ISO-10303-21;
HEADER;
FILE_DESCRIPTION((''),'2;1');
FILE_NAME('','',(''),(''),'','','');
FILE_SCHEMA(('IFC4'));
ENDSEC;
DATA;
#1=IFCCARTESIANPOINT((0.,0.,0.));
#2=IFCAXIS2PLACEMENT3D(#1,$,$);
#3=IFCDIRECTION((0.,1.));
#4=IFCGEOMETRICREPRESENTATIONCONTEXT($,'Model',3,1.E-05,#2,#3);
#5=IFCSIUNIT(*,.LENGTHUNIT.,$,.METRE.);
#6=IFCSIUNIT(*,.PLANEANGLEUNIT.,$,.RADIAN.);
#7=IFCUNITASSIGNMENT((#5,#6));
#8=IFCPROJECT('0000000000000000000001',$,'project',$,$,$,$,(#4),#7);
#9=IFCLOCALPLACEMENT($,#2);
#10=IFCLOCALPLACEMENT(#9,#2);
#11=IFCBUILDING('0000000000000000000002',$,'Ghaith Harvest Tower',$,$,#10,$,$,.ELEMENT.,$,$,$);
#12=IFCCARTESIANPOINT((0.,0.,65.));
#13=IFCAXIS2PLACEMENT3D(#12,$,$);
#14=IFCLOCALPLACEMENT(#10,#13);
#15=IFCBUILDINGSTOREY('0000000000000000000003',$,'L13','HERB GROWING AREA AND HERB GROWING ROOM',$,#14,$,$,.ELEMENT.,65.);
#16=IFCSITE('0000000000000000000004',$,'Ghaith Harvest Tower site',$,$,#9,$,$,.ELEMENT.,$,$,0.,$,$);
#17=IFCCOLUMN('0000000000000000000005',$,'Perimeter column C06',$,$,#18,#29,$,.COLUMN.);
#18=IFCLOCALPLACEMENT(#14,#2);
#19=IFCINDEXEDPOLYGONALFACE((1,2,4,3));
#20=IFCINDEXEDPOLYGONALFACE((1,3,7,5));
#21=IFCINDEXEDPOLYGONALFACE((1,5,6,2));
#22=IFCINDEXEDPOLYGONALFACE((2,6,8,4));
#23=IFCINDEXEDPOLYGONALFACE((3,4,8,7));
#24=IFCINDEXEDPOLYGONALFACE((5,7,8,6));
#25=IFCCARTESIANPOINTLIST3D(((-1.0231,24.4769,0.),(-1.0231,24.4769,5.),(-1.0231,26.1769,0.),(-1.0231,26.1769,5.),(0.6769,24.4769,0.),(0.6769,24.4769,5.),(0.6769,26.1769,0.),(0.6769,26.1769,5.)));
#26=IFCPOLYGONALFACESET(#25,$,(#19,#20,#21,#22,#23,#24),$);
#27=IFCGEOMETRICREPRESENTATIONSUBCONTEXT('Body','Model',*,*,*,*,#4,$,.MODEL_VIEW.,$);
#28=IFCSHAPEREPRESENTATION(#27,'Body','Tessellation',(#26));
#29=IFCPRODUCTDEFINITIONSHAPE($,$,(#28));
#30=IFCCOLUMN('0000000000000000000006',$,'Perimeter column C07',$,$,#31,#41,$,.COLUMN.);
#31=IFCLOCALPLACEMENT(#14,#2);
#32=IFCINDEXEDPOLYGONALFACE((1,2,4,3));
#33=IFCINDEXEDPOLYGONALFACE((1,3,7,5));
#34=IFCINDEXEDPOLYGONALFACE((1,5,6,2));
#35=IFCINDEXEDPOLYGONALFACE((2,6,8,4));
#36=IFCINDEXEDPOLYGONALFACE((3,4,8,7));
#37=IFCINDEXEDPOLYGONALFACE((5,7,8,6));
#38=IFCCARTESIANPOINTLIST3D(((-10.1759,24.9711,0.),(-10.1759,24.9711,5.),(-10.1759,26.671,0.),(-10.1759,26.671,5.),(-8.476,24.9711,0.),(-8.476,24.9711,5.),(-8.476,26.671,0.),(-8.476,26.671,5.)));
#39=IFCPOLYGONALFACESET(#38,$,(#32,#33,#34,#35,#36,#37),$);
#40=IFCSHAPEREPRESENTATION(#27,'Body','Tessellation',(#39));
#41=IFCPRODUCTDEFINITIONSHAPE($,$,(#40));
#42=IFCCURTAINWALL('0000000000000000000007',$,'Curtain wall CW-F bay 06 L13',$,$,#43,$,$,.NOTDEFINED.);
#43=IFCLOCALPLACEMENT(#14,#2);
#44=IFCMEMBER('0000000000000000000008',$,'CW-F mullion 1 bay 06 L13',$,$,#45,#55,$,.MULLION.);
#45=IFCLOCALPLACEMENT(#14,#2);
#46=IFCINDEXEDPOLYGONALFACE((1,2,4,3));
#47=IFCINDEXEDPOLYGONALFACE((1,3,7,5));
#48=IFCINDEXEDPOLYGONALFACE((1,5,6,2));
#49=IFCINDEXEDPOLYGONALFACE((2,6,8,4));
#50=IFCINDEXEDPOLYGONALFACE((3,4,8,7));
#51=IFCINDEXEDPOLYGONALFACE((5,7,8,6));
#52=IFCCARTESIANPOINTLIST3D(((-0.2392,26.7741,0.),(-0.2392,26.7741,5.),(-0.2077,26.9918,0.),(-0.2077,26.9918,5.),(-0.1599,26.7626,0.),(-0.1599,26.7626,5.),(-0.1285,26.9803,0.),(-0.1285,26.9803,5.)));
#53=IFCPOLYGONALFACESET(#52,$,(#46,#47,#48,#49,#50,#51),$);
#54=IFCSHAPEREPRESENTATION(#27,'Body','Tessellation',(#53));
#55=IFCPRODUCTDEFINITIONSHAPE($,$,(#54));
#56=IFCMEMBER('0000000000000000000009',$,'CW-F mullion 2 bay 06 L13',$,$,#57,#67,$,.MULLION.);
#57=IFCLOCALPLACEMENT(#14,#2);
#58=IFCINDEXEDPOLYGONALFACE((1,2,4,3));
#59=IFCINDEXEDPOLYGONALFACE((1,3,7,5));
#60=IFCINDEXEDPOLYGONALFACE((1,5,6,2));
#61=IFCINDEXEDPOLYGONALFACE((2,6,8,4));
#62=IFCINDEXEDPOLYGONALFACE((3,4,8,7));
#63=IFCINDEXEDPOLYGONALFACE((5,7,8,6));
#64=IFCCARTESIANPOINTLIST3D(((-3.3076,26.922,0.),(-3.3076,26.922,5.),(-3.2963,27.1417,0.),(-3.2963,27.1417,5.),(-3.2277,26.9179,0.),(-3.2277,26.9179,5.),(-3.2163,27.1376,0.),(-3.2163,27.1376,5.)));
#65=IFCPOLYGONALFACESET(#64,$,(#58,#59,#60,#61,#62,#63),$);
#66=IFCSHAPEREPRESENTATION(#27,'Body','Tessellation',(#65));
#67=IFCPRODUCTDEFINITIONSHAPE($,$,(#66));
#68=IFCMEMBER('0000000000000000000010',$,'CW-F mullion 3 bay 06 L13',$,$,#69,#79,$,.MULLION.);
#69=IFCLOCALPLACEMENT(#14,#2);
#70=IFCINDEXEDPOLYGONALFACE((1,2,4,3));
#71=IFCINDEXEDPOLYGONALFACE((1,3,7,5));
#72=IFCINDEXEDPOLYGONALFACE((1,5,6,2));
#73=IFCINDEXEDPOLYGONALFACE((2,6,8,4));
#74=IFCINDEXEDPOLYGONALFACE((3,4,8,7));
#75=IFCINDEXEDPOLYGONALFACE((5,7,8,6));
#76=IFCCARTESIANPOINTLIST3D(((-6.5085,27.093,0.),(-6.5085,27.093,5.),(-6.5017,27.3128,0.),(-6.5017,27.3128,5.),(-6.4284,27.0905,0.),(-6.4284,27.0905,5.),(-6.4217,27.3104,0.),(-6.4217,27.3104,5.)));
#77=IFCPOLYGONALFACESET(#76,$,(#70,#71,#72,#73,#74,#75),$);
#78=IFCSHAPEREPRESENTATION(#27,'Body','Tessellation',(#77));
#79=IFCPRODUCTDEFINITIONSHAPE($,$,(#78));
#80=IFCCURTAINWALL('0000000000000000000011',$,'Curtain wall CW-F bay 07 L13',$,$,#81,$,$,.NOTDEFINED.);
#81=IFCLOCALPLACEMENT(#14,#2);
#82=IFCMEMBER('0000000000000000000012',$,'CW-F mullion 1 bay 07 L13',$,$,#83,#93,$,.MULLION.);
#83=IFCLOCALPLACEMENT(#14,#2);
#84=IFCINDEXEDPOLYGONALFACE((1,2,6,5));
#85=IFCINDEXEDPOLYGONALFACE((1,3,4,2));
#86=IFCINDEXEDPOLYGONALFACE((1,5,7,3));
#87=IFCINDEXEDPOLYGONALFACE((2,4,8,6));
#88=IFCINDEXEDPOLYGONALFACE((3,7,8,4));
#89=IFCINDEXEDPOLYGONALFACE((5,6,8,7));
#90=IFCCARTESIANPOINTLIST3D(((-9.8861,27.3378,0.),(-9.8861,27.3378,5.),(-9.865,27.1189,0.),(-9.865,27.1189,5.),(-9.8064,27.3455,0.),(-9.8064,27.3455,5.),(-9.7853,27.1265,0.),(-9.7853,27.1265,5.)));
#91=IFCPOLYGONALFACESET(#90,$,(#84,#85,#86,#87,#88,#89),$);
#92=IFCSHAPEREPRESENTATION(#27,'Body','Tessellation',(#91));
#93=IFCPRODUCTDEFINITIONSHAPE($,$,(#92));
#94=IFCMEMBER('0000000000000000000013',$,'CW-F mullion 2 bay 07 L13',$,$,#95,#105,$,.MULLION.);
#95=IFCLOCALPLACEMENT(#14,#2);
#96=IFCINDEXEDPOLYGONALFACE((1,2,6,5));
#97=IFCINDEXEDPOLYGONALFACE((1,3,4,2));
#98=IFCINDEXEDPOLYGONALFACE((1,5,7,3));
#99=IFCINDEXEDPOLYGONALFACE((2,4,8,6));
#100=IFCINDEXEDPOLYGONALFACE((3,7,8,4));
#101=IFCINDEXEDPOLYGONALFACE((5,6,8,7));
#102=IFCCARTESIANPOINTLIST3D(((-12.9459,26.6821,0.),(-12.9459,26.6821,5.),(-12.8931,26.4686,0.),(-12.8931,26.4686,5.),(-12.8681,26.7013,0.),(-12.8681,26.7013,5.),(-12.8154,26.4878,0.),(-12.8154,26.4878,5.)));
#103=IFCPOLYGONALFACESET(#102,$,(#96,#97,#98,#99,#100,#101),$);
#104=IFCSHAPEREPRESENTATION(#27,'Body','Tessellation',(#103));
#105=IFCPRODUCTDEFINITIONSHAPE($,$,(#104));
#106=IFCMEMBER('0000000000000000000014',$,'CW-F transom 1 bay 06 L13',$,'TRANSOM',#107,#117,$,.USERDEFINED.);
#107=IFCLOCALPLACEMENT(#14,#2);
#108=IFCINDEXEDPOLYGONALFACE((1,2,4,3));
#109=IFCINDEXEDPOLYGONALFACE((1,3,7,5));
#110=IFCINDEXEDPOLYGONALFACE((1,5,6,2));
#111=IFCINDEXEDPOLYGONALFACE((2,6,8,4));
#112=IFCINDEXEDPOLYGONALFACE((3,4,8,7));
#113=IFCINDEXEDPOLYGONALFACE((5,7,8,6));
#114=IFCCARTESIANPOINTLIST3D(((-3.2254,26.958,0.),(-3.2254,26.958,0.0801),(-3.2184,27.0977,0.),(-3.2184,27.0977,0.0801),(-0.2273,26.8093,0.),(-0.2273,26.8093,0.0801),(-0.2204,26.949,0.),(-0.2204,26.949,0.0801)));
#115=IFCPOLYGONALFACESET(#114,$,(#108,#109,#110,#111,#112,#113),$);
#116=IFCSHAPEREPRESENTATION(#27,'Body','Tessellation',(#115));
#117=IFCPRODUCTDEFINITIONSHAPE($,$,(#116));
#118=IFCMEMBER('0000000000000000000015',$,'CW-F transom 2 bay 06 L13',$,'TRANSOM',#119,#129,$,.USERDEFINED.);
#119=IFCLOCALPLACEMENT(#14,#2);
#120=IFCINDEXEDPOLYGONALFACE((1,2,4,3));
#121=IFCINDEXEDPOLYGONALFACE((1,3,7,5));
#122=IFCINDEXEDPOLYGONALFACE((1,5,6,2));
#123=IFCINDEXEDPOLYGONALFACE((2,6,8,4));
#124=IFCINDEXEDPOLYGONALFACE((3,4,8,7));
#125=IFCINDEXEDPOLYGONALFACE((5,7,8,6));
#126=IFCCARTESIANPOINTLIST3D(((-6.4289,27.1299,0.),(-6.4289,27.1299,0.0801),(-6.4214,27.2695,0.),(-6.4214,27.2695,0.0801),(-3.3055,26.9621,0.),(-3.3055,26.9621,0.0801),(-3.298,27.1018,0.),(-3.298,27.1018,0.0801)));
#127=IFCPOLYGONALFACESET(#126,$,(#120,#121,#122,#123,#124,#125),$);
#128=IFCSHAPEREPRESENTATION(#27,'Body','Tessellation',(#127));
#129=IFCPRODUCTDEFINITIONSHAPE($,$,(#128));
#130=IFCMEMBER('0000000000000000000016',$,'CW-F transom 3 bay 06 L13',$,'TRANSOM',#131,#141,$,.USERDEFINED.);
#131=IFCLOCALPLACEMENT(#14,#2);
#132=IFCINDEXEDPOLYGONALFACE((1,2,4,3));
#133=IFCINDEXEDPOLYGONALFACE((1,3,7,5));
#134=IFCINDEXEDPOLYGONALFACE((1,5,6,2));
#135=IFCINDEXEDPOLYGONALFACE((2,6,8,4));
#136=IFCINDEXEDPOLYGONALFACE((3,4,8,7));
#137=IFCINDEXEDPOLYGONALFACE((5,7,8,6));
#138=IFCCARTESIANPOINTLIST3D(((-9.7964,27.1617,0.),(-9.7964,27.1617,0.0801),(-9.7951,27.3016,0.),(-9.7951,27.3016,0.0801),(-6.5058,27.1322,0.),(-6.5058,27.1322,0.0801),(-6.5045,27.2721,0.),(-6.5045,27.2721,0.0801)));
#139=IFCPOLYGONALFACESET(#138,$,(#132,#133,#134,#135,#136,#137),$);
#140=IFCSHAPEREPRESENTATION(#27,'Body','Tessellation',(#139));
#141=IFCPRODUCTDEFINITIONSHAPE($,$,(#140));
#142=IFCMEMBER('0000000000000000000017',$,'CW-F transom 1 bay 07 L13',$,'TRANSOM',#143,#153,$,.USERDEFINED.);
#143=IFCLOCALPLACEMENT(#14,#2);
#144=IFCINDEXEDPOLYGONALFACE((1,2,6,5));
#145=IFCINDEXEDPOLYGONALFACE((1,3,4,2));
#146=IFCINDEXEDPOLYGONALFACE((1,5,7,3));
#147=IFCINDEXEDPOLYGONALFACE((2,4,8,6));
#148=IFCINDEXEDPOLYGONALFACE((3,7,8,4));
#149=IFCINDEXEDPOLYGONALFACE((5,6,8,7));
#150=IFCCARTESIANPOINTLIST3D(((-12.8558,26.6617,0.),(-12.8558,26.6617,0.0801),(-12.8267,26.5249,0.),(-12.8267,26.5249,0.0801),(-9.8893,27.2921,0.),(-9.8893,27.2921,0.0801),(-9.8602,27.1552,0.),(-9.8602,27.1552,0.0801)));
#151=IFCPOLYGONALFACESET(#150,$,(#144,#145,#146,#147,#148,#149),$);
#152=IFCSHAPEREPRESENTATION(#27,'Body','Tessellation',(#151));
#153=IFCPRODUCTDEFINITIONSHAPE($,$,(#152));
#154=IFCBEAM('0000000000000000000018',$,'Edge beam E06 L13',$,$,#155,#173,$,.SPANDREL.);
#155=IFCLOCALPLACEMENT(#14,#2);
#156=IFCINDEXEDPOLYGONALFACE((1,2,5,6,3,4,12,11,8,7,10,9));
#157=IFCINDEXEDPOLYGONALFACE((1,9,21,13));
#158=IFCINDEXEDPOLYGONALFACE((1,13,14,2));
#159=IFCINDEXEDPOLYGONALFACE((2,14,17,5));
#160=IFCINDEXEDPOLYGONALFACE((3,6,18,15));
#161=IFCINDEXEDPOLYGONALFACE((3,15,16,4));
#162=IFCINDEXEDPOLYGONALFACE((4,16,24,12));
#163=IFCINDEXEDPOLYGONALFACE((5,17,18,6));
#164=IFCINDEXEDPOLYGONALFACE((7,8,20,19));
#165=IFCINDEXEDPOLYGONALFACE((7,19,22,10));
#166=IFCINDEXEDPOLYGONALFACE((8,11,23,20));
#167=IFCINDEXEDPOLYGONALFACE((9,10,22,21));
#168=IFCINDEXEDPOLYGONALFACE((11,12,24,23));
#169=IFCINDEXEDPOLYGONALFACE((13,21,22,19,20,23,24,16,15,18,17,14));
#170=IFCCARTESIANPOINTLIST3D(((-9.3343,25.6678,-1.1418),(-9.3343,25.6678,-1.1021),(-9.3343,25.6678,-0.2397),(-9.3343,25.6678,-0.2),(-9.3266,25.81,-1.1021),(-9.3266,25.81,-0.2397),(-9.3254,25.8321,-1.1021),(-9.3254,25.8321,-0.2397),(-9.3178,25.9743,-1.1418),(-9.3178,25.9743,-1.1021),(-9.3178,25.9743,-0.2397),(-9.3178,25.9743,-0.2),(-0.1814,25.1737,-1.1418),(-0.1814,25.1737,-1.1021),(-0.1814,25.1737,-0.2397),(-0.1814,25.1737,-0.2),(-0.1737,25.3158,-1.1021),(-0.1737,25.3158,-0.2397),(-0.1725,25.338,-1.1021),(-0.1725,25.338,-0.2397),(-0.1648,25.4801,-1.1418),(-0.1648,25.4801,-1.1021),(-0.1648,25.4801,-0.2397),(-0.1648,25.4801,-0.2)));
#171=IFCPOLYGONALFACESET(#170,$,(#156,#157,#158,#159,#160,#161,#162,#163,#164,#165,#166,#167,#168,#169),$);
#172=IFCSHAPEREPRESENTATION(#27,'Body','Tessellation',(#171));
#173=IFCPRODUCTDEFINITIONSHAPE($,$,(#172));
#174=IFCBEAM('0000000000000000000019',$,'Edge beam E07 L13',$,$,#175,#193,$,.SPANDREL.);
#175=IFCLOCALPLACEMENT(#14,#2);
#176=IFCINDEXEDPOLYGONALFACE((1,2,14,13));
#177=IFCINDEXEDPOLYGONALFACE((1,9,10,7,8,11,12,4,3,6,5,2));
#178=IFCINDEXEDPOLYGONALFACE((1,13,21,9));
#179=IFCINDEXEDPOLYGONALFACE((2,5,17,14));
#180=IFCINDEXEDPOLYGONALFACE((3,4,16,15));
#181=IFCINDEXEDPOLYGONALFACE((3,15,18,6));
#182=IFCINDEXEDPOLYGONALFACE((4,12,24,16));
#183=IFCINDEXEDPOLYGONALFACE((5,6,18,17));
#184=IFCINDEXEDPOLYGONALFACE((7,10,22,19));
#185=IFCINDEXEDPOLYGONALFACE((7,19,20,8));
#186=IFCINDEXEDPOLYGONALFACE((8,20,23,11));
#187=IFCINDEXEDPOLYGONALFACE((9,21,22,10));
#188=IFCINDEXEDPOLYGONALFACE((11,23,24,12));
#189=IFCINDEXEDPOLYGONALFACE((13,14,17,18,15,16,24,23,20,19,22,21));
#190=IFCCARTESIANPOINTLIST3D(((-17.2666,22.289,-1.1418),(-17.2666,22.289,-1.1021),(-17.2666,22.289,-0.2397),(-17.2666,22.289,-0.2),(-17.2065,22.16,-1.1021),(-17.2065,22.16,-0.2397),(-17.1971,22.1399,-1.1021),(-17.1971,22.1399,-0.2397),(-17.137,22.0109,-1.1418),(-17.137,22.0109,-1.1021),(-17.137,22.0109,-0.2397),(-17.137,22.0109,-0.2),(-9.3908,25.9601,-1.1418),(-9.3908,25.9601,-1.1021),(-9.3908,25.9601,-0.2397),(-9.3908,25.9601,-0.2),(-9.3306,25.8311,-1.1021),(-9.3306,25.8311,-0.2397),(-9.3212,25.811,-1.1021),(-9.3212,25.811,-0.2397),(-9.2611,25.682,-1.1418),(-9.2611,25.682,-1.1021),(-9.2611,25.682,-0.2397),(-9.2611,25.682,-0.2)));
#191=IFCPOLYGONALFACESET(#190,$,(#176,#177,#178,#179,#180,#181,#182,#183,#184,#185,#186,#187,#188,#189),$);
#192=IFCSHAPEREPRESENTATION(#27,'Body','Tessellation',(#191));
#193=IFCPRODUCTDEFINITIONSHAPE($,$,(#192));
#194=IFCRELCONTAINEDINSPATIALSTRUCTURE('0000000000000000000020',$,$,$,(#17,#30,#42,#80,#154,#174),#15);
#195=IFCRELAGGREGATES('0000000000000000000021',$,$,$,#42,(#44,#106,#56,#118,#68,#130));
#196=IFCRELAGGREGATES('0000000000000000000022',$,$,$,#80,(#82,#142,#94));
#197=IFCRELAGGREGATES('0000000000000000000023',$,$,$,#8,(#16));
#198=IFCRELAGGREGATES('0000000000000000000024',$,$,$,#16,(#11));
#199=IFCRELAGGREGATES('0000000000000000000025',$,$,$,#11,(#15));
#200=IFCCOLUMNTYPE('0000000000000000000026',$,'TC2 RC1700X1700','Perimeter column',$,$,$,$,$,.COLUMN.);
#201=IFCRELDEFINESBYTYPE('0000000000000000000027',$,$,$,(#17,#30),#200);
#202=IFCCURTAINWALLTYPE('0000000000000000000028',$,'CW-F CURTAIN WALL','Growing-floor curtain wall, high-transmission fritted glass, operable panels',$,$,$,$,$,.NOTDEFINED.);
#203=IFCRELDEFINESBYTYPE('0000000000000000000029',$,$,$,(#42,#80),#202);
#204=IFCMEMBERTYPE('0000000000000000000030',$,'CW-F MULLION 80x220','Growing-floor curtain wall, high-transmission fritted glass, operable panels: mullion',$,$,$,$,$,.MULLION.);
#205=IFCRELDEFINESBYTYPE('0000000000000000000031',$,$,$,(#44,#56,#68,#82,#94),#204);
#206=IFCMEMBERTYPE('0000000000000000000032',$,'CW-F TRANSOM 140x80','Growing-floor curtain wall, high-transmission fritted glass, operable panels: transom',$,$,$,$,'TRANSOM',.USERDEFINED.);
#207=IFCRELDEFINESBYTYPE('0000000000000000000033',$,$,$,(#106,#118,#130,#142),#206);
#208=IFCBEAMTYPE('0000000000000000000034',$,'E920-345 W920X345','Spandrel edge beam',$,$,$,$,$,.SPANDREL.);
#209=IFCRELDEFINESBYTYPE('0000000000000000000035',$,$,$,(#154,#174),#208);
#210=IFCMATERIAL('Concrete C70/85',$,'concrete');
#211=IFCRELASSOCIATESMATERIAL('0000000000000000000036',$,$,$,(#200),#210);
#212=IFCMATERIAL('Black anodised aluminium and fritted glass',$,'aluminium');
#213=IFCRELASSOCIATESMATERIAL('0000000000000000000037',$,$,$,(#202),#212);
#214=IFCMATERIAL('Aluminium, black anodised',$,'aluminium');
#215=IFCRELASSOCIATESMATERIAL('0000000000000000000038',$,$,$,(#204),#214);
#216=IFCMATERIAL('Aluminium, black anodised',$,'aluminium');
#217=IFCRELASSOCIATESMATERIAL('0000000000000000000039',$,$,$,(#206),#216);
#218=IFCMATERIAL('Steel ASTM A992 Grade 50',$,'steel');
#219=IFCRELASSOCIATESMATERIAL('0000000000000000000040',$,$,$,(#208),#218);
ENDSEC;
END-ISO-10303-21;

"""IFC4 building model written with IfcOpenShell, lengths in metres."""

from ifc_helpers import new_model, si_unit, direction, frame, origin, origin_2d, place, context, subcontext, project, spatial, rectangle, i_section, extrude, material, material_profile, profile_set, type_object, element, aggregate, save


model = new_model("IFC4")

# Units and contexts
model_context = context("Model", 3, precision=1e-05, world=origin(), true_north=direction((0.0, 1.0)))
body_context = subcontext(model_context, "Body", "Model", "MODEL_VIEW")
ifc_project = project(units=[si_unit("LENGTHUNIT", "METRE"), si_unit("PLANEANGLEUNIT", "RADIAN")], contexts=[model_context])

# Site, building, storey
site_placement = place(None, origin())
site = spatial("IfcSite", under=ifc_project, at=site_placement, Name="Ghaith Harvest Tower site", CompositionType="ELEMENT", RefElevation=0.0)
building_placement = place(site_placement, origin())
building = spatial("IfcBuilding", under=site, at=building_placement, Name="Ghaith Harvest Tower", CompositionType="ELEMENT")
storey_placement = place(building_placement, frame((0.0, 0.0, 65.0)))
storey = spatial("IfcBuildingStorey", under=building, at=storey_placement, Name="L13", Description="HERB GROWING AREA AND HERB GROWING ROOM", CompositionType="ELEMENT", Elevation=65.0)

# Columns
ifc_material_1 = material(Name="Concrete C70/85", Category="concrete")
ifc_material_profile_1 = material_profile(ifc_material_1, rectangle(XDim=1.7, YDim=1.7, at=origin_2d()), Name="RC1700X1700")
ifc_profile_set_1 = profile_set([ifc_material_profile_1], Name="Concrete C70/85")
column_type = type_object("IfcColumnType", Name="TC2 RC1700X1700", Description="Perimeter column", PredefinedType="COLUMN", material=ifc_profile_set_1)
for number, where, z_axis, x_axis, name in (
    (1, (-0.1731, 25.3269, 0.0), (0.0, 0.0, 1.0), (1.0, 0.0, 0.0), "Perimeter column C06"),
    (2, (-9.3259, 25.821, 0.0), (0.0, 0.0, 1.0), (1.0, 0.0, 0.0), "Perimeter column C07"),
):
    element("IfcColumn", number, at=place(storey_placement, frame(where, z_axis=z_axis, x_axis=x_axis)), inside=storey, type_object=column_type, Name=name, PredefinedType="COLUMN", context=body_context, shape_type="SweptSolid", body=[
        extrude(rectangle(XDim=1.7, YDim=1.7, at=origin_2d()), origin(), (0.0, 0.0, 1.0), 5.0),
    ])

# Curtain walls, members
ifc_material_2 = material(Name="Black anodised aluminium and fritted glass", Category="aluminium")
curtain_wall_type = type_object("IfcCurtainWallType", Name="CW-F CURTAIN WALL", Description="Growing-floor curtain wall, high-transmission fritted glass, operable panels", PredefinedType="NOTDEFINED", material=ifc_material_2)
curtain_wall_1_placement = place(storey_placement, origin())
curtain_wall_1 = element("IfcCurtainWall", 3, at=curtain_wall_1_placement, inside=storey, type_object=curtain_wall_type, Name="Curtain wall CW-F bay 06 L13", PredefinedType="NOTDEFINED")
ifc_material_3 = material(Name="Aluminium, black anodised", Category="aluminium")
ifc_material_profile_2 = material_profile(ifc_material_3, rectangle(XDim=0.0801, YDim=0.22, at=origin_2d()), Name="CW-F MULLION 80x220")
ifc_profile_set_2 = profile_set([ifc_material_profile_2], Name="Aluminium, black anodised")
member_type_1 = type_object("IfcMemberType", Name="CW-F MULLION 80x220", Description="Growing-floor curtain wall, high-transmission fritted glass, operable panels: mullion", PredefinedType="MULLION", material=ifc_profile_set_2)
member_1_placement = place(storey_placement, frame((-0.1838, 26.8772, 0.0), z_axis=(0.0, 0.0, 1.0), x_axis=(-0.989712, 0.143075, 0.0)))
member_1 = element("IfcMember", 4, at=member_1_placement, type_object=member_type_1, Name="CW-F mullion 1 bay 06 L13", PredefinedType="MULLION", context=body_context, shape_type="SweptSolid", body=[
    extrude(rectangle(XDim=0.0801, YDim=0.22, at=origin_2d()), origin(), (0.0, 0.0, 1.0), 5.0),
])
member_2_placement = place(storey_placement, frame((-3.262, 27.0298, 0.0), z_axis=(0.0, 0.0, 1.0), x_axis=(-0.998667, 0.051618, 0.0)))
member_2 = element("IfcMember", 5, at=member_2_placement, type_object=member_type_1, Name="CW-F mullion 2 bay 06 L13", PredefinedType="MULLION", context=body_context, shape_type="SweptSolid", body=[
    extrude(rectangle(XDim=0.0801, YDim=0.22, at=origin_2d()), origin(), (0.0, 0.0, 1.0), 5.0),
])
member_3_placement = place(storey_placement, frame((-6.4651, 27.2017, 0.0), z_axis=(0.0, 0.0, 1.0), x_axis=(-0.999527, 0.03075, 0.0)))
member_3 = element("IfcMember", 6, at=member_3_placement, type_object=member_type_1, Name="CW-F mullion 3 bay 06 L13", PredefinedType="MULLION", context=body_context, shape_type="SweptSolid", body=[
    extrude(rectangle(XDim=0.0801, YDim=0.22, at=origin_2d()), origin(), (0.0, 0.0, 1.0), 5.0),
])
curtain_wall_2_placement = place(storey_placement, origin())
curtain_wall_2 = element("IfcCurtainWall", 7, at=curtain_wall_2_placement, inside=storey, type_object=curtain_wall_type, Name="Curtain wall CW-F bay 07 L13", PredefinedType="NOTDEFINED")
member_4_placement = place(storey_placement, frame((-9.8357, 27.2322, 0.0), z_axis=(0.0, 0.0, 1.0), x_axis=(-0.995408, -0.095718, 0.0)))
member_4 = element("IfcMember", 8, at=member_4_placement, type_object=member_type_1, Name="CW-F mullion 1 bay 07 L13", PredefinedType="MULLION", context=body_context, shape_type="SweptSolid", body=[
    extrude(rectangle(XDim=0.0801, YDim=0.22, at=origin_2d()), origin(), (0.0, 0.0, 1.0), 5.0),
])
member_5_placement = place(storey_placement, frame((-12.8806, 26.585, 0.0), z_axis=(0.0, 0.0, 1.0), x_axis=(-0.970825, -0.239791, 0.0)))
member_5 = element("IfcMember", 9, at=member_5_placement, type_object=member_type_1, Name="CW-F mullion 2 bay 07 L13", PredefinedType="MULLION", context=body_context, shape_type="SweptSolid", body=[
    extrude(rectangle(XDim=0.0801, YDim=0.22, at=origin_2d()), origin(), (0.0, 0.0, 1.0), 5.0),
])

# Members
ifc_material_4 = material(Name="Aluminium, black anodised", Category="aluminium")
ifc_material_profile_3 = material_profile(ifc_material_4, rectangle(XDim=0.1399, YDim=0.0801, at=origin_2d()), Name="CW-F TRANSOM 140x80")
ifc_profile_set_3 = profile_set([ifc_material_profile_3], Name="Aluminium, black anodised")
member_type_2 = type_object("IfcMemberType", Name="CW-F TRANSOM 140x80", Description="Growing-floor curtain wall, high-transmission fritted glass, operable panels: transom", ElementType="TRANSOM", PredefinedType="USERDEFINED", material=ifc_profile_set_3)
member_6_placement = place(storey_placement, frame((-0.2239, 26.8792, 0.04), z_axis=(-0.998773, 0.049532, 0.0), x_axis=(-0.049532, -0.998773, 0.0)))
member_6 = element("IfcMember", 10, at=member_6_placement, type_object=member_type_2, Name="CW-F transom 1 bay 06 L13", ObjectType="TRANSOM", PredefinedType="USERDEFINED", context=body_context, shape_type="SweptSolid", body=[
    extrude(rectangle(XDim=0.1399, YDim=0.0801, at=origin_2d()), origin(), (0.0, 0.0, 1.0), 3.0017),
])
member_7_placement = place(storey_placement, frame((-3.3018, 27.032, 0.04), z_axis=(-0.998561, 0.05362, 0.0), x_axis=(-0.05362, -0.998561, 0.0)))
member_7 = element("IfcMember", 11, at=member_7_placement, type_object=member_type_2, Name="CW-F transom 2 bay 06 L13", ObjectType="TRANSOM", PredefinedType="USERDEFINED", context=body_context, shape_type="SweptSolid", body=[
    extrude(rectangle(XDim=0.1399, YDim=0.0801, at=origin_2d()), origin(), (0.0, 0.0, 1.0), 3.1279),
])
member_8_placement = place(storey_placement, frame((-6.5051, 27.2021, 0.04), z_axis=(-0.99996, 0.008977, 0.0), x_axis=(-0.008977, -0.99996, 0.0)))
member_8 = element("IfcMember", 12, at=member_8_placement, type_object=member_type_2, Name="CW-F transom 3 bay 06 L13", ObjectType="TRANSOM", PredefinedType="USERDEFINED", context=body_context, shape_type="SweptSolid", body=[
    extrude(rectangle(XDim=0.1399, YDim=0.0801, at=origin_2d()), origin(), (0.0, 0.0, 1.0), 3.2908),
])
member_9_placement = place(storey_placement, frame((-9.8748, 27.2236, 0.04), z_axis=(-0.97816, -0.207852, 0.0), x_axis=(0.207852, -0.97816, 0.0)))
member_9 = element("IfcMember", 13, at=member_9_placement, type_object=member_type_2, Name="CW-F transom 1 bay 07 L13", ObjectType="TRANSOM", PredefinedType="USERDEFINED", context=body_context, shape_type="SweptSolid", body=[
    extrude(rectangle(XDim=0.1399, YDim=0.0801, at=origin_2d()), origin(), (0.0, 0.0, 1.0), 3.0327),
])

# Beams
ifc_material_5 = material(Name="Steel ASTM A992 Grade 50", Category="steel")
ifc_material_profile_4 = material_profile(ifc_material_5, i_section(OverallWidth=0.3069, OverallDepth=0.9419, WebThickness=0.0222, FlangeThickness=0.0398, at=origin_2d()), Name="W920X345")
ifc_profile_set_4 = profile_set([ifc_material_profile_4], Name="Steel ASTM A992 Grade 50")
beam_type_1 = type_object("IfcBeamType", Name="E920-345 W920X345", Description="Spandrel edge beam", PredefinedType="SPANDREL", material=ifc_profile_set_4)
beam_1_placement = place(storey_placement, frame((-0.1731, 25.3269, -0.6709), z_axis=(-0.998546, 0.053909, 0.0), x_axis=(-0.053909, -0.998546, 0.0)))
element("IfcBeam", 14, at=beam_1_placement, inside=storey, type_object=beam_type_1, Name="Edge beam E06 L13", PredefinedType="SPANDREL", context=body_context, shape_type="SweptSolid", body=[
    extrude(i_section(OverallWidth=0.3069, OverallDepth=0.9419, WebThickness=0.0222, FlangeThickness=0.0398, at=origin_2d()), origin(), (0.0, 0.0, 1.0), 9.1663),
])
beam_2_placement = place(storey_placement, frame((-9.3259, 25.821, -0.6709), z_axis=(-0.906373, -0.422478, 0.0), x_axis=(0.422478, -0.906373, 0.0)))
element("IfcBeam", 15, at=beam_2_placement, inside=storey, type_object=beam_type_1, Name="Edge beam E07 L13", PredefinedType="SPANDREL", context=body_context, shape_type="SweptSolid", body=[
    extrude(i_section(OverallWidth=0.3069, OverallDepth=0.9419, WebThickness=0.0222, FlangeThickness=0.0398, at=origin_2d()), origin(), (0.0, 0.0, 1.0), 8.6895),
])

aggregate(curtain_wall_1, [member_1, member_6, member_2, member_7, member_3, member_8])
aggregate(curtain_wall_2, [member_4, member_9, member_5])

save(model, "model.ifc")
